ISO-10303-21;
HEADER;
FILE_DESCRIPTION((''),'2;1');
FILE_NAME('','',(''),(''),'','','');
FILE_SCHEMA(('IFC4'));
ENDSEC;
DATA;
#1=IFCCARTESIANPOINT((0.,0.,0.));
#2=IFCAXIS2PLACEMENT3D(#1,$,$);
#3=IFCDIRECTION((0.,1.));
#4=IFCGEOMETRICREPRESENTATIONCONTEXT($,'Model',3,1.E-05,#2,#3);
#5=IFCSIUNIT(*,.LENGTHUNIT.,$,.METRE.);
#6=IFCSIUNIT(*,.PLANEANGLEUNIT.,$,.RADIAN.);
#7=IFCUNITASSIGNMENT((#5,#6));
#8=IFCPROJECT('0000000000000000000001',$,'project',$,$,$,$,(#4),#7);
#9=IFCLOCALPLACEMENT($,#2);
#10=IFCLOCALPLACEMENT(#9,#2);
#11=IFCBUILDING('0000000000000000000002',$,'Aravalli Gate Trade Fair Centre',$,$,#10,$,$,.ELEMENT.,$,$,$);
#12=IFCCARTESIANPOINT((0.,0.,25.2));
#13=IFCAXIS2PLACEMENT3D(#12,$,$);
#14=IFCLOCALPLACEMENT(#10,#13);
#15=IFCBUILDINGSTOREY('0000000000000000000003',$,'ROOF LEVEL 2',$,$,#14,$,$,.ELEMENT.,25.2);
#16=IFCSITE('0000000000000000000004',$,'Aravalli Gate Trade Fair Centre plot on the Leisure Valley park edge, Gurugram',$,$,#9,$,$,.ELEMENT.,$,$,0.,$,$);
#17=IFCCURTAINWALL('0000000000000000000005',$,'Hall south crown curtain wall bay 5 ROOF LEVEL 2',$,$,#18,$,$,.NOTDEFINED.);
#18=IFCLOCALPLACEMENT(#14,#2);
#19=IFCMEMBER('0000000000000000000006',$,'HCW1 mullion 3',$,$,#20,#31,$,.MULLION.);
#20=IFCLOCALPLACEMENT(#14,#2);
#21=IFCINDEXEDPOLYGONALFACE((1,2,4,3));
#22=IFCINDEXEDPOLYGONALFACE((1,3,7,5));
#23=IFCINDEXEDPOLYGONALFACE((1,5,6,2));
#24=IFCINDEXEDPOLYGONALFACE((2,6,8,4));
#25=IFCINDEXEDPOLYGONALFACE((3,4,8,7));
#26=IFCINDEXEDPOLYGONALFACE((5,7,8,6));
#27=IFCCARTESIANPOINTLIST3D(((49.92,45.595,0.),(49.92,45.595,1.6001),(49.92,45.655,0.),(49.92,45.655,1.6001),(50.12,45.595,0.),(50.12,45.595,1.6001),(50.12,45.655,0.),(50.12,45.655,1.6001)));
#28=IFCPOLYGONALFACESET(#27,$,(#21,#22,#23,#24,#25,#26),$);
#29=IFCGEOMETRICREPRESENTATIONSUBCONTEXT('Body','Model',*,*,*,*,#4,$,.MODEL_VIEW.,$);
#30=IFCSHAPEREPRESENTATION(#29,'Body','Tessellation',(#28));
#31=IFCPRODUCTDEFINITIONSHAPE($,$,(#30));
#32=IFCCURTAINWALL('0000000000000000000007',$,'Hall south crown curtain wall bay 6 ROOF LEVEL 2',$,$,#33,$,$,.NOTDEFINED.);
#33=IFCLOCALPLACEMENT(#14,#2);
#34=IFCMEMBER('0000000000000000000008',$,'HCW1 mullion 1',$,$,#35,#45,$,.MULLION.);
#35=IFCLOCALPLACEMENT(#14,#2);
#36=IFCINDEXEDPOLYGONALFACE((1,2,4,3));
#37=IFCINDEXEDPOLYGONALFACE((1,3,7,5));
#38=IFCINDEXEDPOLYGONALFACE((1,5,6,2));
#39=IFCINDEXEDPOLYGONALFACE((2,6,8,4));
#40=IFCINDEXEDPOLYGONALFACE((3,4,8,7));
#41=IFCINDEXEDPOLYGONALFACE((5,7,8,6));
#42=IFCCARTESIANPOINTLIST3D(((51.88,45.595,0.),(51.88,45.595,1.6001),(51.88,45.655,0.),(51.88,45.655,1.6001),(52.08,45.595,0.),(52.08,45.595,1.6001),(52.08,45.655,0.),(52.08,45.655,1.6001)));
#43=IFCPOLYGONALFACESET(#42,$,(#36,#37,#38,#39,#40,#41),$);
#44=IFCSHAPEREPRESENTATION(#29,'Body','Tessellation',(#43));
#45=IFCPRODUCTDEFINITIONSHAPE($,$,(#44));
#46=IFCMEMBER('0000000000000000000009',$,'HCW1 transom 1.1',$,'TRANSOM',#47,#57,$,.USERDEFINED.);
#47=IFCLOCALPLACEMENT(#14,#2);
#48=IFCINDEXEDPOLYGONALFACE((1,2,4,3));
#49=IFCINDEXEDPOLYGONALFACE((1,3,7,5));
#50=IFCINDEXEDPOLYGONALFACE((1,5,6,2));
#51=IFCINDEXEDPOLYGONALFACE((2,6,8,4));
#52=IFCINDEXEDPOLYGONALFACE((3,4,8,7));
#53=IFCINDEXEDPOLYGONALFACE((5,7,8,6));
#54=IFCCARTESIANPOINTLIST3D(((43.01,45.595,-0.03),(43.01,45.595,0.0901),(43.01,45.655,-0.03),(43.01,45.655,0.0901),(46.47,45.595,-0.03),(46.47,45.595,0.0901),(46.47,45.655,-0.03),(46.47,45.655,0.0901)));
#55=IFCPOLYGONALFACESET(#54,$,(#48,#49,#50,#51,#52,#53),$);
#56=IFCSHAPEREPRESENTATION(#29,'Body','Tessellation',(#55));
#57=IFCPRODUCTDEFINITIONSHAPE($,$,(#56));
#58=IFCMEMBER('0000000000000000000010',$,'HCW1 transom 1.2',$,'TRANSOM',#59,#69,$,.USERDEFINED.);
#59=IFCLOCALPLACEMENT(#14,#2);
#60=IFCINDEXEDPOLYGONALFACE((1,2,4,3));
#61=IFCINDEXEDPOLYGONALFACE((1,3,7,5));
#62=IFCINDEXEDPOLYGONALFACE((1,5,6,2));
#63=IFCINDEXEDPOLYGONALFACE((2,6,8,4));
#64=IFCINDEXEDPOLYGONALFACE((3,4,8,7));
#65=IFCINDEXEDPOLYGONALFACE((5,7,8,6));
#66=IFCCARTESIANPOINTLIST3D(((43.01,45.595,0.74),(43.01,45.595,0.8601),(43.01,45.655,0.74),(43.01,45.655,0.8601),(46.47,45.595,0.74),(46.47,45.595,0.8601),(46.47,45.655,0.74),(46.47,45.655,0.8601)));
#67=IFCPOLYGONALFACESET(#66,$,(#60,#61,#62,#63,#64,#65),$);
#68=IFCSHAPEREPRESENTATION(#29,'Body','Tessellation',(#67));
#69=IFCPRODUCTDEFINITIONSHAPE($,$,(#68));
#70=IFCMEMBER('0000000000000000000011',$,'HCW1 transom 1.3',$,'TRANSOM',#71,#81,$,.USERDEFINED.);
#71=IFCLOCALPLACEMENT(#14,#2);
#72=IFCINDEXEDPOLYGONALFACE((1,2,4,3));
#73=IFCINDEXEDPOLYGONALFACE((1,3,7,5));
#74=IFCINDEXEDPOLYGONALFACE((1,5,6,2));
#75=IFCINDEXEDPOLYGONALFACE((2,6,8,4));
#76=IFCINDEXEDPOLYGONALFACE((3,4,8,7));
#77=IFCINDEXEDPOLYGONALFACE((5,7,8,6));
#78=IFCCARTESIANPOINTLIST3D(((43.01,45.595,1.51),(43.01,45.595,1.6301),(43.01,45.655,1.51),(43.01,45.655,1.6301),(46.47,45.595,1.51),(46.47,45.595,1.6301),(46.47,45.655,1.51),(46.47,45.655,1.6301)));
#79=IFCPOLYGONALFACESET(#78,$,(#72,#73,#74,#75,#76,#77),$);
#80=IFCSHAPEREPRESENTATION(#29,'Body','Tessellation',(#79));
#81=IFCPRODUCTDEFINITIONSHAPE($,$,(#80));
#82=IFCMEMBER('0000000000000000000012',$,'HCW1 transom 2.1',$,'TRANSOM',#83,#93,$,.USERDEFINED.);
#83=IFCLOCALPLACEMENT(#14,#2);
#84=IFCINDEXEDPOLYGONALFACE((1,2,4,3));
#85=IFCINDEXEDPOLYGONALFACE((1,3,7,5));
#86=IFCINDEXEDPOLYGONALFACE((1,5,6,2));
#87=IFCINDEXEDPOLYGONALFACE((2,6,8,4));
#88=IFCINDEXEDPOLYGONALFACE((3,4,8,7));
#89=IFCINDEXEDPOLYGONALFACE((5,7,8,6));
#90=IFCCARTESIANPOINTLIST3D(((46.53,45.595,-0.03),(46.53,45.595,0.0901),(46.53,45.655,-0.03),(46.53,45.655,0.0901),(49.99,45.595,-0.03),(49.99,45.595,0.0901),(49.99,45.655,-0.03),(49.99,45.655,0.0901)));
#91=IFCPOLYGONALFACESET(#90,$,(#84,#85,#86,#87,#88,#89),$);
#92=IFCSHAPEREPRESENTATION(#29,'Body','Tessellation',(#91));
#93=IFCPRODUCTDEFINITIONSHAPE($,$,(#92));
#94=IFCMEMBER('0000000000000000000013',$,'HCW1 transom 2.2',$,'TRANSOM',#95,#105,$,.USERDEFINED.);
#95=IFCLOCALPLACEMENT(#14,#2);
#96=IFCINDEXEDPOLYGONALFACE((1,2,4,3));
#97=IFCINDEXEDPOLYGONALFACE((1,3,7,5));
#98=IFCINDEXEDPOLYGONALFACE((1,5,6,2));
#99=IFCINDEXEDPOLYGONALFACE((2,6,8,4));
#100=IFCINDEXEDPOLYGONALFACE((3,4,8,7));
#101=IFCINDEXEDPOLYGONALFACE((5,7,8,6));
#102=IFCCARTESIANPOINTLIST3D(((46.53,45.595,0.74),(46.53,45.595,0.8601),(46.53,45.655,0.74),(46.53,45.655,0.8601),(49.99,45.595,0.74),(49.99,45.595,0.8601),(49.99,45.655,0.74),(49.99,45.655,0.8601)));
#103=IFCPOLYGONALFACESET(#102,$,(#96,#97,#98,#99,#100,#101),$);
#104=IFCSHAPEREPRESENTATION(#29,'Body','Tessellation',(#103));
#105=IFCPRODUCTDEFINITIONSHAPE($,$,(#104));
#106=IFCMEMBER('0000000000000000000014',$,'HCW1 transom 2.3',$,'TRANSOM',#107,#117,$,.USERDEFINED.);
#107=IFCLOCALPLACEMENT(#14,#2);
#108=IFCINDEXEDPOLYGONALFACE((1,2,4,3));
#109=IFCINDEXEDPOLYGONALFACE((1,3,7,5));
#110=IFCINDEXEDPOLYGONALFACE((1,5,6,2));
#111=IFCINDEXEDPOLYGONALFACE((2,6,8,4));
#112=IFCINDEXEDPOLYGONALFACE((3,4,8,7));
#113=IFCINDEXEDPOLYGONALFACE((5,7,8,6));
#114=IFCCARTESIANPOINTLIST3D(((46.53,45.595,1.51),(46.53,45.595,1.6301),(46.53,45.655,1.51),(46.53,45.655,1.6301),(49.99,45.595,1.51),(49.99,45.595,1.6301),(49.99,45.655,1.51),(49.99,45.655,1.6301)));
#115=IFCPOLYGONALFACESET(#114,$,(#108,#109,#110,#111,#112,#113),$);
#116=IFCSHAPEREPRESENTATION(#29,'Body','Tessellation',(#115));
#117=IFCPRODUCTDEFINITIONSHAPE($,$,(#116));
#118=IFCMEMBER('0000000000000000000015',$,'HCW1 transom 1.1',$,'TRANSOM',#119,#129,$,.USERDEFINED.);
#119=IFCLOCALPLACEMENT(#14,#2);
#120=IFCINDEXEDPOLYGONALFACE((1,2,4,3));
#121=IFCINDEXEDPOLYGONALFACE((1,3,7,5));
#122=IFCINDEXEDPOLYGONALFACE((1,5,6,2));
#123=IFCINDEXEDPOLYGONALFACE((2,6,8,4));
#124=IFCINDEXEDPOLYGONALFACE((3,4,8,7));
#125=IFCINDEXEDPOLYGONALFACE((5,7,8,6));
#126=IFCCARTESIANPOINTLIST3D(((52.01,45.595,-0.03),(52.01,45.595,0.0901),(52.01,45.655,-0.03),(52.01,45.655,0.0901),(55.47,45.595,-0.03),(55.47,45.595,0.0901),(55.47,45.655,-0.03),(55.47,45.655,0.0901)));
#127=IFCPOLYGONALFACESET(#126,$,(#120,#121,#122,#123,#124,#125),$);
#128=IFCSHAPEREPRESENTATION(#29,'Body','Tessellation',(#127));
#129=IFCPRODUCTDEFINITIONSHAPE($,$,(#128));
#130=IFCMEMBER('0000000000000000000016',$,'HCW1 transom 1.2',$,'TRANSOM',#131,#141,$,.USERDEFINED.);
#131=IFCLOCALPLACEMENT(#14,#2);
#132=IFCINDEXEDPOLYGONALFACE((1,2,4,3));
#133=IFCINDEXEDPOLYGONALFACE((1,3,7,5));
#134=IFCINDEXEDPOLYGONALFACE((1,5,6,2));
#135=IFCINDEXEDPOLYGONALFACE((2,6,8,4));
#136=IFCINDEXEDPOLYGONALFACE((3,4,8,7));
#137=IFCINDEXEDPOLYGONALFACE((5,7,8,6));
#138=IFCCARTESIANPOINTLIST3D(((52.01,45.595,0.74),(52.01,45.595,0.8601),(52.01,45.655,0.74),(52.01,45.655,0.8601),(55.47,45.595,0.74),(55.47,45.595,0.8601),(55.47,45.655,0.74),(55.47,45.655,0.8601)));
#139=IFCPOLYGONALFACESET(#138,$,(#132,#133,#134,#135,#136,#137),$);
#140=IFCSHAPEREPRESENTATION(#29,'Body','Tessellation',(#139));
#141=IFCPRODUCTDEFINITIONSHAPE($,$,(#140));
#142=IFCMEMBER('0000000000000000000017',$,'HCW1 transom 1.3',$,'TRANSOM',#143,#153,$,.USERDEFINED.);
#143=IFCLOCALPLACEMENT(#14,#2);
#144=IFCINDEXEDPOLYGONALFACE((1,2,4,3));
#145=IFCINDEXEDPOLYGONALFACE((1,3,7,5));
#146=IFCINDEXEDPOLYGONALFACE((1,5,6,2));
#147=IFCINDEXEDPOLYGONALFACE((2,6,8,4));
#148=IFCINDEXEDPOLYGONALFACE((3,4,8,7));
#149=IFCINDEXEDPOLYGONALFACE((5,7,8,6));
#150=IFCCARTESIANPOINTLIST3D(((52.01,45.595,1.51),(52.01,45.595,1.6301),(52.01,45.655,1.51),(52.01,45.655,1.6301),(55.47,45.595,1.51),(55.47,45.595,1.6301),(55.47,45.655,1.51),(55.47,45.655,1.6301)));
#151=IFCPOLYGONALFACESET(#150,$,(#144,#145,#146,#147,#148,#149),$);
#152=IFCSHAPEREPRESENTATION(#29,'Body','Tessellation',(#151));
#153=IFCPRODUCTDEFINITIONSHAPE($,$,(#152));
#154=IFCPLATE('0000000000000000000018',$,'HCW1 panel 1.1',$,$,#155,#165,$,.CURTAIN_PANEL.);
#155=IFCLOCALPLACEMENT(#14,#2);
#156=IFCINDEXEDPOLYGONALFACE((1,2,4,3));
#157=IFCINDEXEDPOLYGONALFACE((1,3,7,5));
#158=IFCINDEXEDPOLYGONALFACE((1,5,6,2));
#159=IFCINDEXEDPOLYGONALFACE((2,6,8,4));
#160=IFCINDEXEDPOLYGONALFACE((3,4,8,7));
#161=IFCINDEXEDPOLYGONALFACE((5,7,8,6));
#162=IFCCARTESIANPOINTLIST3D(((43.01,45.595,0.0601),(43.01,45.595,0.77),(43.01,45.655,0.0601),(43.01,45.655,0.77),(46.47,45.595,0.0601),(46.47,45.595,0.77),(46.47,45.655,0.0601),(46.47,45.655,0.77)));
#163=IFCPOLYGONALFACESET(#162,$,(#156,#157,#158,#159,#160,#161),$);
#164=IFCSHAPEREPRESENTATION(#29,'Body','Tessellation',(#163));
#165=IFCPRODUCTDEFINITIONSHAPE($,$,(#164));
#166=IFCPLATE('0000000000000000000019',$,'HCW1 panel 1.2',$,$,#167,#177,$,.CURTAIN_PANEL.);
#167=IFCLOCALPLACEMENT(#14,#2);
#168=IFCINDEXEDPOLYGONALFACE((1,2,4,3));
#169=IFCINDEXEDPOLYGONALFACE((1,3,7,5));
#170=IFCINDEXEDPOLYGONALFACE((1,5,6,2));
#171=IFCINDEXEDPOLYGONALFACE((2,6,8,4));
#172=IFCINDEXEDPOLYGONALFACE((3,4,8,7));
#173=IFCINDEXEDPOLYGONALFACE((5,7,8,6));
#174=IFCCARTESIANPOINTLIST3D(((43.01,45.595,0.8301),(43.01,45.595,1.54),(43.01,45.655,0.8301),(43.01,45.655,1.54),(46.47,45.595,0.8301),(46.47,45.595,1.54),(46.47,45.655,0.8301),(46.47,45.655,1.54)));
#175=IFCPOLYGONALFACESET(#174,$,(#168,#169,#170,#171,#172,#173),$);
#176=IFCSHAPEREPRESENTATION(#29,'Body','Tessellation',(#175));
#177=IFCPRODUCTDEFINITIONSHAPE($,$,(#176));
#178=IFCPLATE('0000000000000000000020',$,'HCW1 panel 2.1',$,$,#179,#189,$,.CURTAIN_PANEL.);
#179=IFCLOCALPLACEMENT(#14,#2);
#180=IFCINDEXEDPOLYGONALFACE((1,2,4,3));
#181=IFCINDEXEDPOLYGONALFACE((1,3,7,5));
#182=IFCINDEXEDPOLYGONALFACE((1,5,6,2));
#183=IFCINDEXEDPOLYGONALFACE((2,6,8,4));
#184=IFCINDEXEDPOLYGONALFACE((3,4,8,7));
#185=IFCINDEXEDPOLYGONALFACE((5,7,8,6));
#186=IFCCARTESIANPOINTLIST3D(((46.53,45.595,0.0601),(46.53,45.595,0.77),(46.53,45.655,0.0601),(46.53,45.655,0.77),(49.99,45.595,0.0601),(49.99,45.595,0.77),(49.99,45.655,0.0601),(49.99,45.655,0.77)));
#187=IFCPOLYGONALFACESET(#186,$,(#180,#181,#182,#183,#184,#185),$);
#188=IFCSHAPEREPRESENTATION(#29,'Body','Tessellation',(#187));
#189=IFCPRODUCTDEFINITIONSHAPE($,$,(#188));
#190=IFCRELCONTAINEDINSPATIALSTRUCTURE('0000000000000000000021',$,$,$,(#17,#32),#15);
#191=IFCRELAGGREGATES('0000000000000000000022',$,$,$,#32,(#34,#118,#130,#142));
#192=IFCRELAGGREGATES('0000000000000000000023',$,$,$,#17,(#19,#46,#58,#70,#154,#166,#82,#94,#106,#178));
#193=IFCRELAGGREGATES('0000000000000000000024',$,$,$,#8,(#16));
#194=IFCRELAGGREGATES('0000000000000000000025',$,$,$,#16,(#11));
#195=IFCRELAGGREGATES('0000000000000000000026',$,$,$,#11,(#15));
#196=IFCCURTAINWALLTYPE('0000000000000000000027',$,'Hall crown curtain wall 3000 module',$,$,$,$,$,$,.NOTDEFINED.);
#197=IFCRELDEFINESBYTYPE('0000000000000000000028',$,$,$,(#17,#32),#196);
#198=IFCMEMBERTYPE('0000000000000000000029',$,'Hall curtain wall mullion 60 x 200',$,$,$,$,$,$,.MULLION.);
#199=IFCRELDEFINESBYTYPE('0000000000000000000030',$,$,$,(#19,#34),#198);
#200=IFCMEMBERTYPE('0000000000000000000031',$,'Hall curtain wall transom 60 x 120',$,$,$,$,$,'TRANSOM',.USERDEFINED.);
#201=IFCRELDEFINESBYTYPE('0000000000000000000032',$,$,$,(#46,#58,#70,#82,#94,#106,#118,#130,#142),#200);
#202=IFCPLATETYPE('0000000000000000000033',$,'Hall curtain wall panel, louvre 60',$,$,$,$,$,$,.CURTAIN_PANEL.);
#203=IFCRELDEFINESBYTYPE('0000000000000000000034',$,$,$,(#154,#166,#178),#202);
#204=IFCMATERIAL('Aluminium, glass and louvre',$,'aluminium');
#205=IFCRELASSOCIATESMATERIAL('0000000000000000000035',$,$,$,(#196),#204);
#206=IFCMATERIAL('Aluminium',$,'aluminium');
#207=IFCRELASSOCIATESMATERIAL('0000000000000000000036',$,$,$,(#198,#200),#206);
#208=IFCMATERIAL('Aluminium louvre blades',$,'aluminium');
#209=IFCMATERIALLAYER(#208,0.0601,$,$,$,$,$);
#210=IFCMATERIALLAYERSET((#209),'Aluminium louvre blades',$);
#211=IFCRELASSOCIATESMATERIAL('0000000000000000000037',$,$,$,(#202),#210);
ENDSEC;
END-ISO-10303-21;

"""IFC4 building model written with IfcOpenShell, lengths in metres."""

from ifc_helpers import new_model, si_unit, direction, frame, origin, origin_2d, place, context, subcontext, project, spatial, rectangle, extrude, material, layer, layer_set, material_profile, profile_set, type_object, element, aggregate, save


model = new_model("IFC4")

# Units and contexts
model_context = context("Model", 3, precision=1e-05, world=origin(), true_north=direction((0.0, 1.0)))
body_context = subcontext(model_context, "Body", "Model", "MODEL_VIEW")
ifc_project = project(units=[si_unit("LENGTHUNIT", "METRE"), si_unit("PLANEANGLEUNIT", "RADIAN")], contexts=[model_context])

# Site, building, storey
site_placement = place(None, origin())
site = spatial("IfcSite", under=ifc_project, at=site_placement, Name="Aravalli Gate Trade Fair Centre plot on the Leisure Valley park edge, Gurugram", CompositionType="ELEMENT", RefElevation=0.0)
building_placement = place(site_placement, origin())
building = spatial("IfcBuilding", under=site, at=building_placement, Name="Aravalli Gate Trade Fair Centre", CompositionType="ELEMENT")
storey_placement = place(building_placement, frame((0.0, 0.0, 25.2)))
storey = spatial("IfcBuildingStorey", under=building, at=storey_placement, Name="ROOF LEVEL 2", CompositionType="ELEMENT", Elevation=25.2)

# Curtain wall, member
ifc_material_1 = material(Name="Aluminium, glass and louvre", Category="aluminium")
curtain_wall_type = type_object("IfcCurtainWallType", Name="Hall crown curtain wall 3000 module", PredefinedType="NOTDEFINED", material=ifc_material_1)
curtain_wall_1_placement = place(storey_placement, origin())
curtain_wall_1 = element("IfcCurtainWall", 1, at=curtain_wall_1_placement, inside=storey, type_object=curtain_wall_type, Name="Hall south crown curtain wall bay 5 ROOF LEVEL 2", PredefinedType="NOTDEFINED")
ifc_material_2 = material(Name="Aluminium", Category="aluminium")
ifc_material_profile_1 = material_profile(ifc_material_2, rectangle(XDim=0.0601, YDim=0.2, at=origin_2d()), Name="Hall curtain wall mullion 60 x 200")
ifc_profile_set_1 = profile_set([ifc_material_profile_1], Name="Aluminium")
member_type_1 = type_object("IfcMemberType", Name="Hall curtain wall mullion 60 x 200", PredefinedType="MULLION", material=ifc_profile_set_1)
member_1_placement = place(storey_placement, frame((50.02, 45.625, 0.0), z_axis=(0.0, 0.0, 1.0), x_axis=(0.0, 1.0, 0.0)))
member_1 = element("IfcMember", 2, at=member_1_placement, type_object=member_type_1, Name="HCW1 mullion 3", PredefinedType="MULLION", context=body_context, shape_type="SweptSolid", body=[
    extrude(rectangle(XDim=0.0601, YDim=0.2, at=origin_2d()), origin(), (0.0, 0.0, 1.0), 1.6001),
])

# Curtain wall, member
curtain_wall_2_placement = place(storey_placement, origin())
curtain_wall_2 = element("IfcCurtainWall", 3, at=curtain_wall_2_placement, inside=storey, type_object=curtain_wall_type, Name="Hall south crown curtain wall bay 6 ROOF LEVEL 2", PredefinedType="NOTDEFINED")
member_2_placement = place(storey_placement, frame((51.98, 45.625, 0.0), z_axis=(0.0, 0.0, 1.0), x_axis=(0.0, 1.0, 0.0)))
member_2 = element("IfcMember", 4, at=member_2_placement, type_object=member_type_1, Name="HCW1 mullion 1", PredefinedType="MULLION", context=body_context, shape_type="SweptSolid", body=[
    extrude(rectangle(XDim=0.0601, YDim=0.2, at=origin_2d()), origin(), (0.0, 0.0, 1.0), 1.6001),
])

# Members
ifc_material_profile_2 = material_profile(ifc_material_2, rectangle(XDim=0.0601, YDim=0.1201, at=origin_2d()), Name="Hall curtain wall transom 60 x 120")
ifc_profile_set_2 = profile_set([ifc_material_profile_2], Name="Aluminium")
member_type_2 = type_object("IfcMemberType", Name="Hall curtain wall transom 60 x 120", ElementType="TRANSOM", PredefinedType="USERDEFINED", material=ifc_profile_set_2)
member_3_placement = place(storey_placement, frame((43.01, 45.625, 0.03), z_axis=(1.0, 0.0, 0.0), x_axis=(0.0, 1.0, 0.0)))
member_3 = element("IfcMember", 5, at=member_3_placement, type_object=member_type_2, Name="HCW1 transom 1.1", ObjectType="TRANSOM", PredefinedType="USERDEFINED", context=body_context, shape_type="SweptSolid", body=[
    extrude(rectangle(XDim=0.0601, YDim=0.1201, at=origin_2d()), origin(), (0.0, 0.0, 1.0), 3.46),
])
member_4_placement = place(storey_placement, frame((43.01, 45.625, 0.8), z_axis=(1.0, 0.0, 0.0), x_axis=(0.0, 1.0, 0.0)))
member_4 = element("IfcMember", 6, at=member_4_placement, type_object=member_type_2, Name="HCW1 transom 1.2", ObjectType="TRANSOM", PredefinedType="USERDEFINED", context=body_context, shape_type="SweptSolid", body=[
    extrude(rectangle(XDim=0.0601, YDim=0.1201, at=origin_2d()), origin(), (0.0, 0.0, 1.0), 3.46),
])
member_5_placement = place(storey_placement, frame((43.01, 45.625, 1.5701), z_axis=(1.0, 0.0, 0.0), x_axis=(0.0, 1.0, 0.0)))
member_5 = element("IfcMember", 7, at=member_5_placement, type_object=member_type_2, Name="HCW1 transom 1.3", ObjectType="TRANSOM", PredefinedType="USERDEFINED", context=body_context, shape_type="SweptSolid", body=[
    extrude(rectangle(XDim=0.0601, YDim=0.1201, at=origin_2d()), origin(), (0.0, 0.0, 1.0), 3.46),
])
member_6_placement = place(storey_placement, frame((46.53, 45.625, 0.03), z_axis=(1.0, 0.0, 0.0), x_axis=(0.0, 1.0, 0.0)))
member_6 = element("IfcMember", 8, at=member_6_placement, type_object=member_type_2, Name="HCW1 transom 2.1", ObjectType="TRANSOM", PredefinedType="USERDEFINED", context=body_context, shape_type="SweptSolid", body=[
    extrude(rectangle(XDim=0.0601, YDim=0.1201, at=origin_2d()), origin(), (0.0, 0.0, 1.0), 3.46),
])
member_7_placement = place(storey_placement, frame((46.53, 45.625, 0.8), z_axis=(1.0, 0.0, 0.0), x_axis=(0.0, 1.0, 0.0)))
member_7 = element("IfcMember", 9, at=member_7_placement, type_object=member_type_2, Name="HCW1 transom 2.2", ObjectType="TRANSOM", PredefinedType="USERDEFINED", context=body_context, shape_type="SweptSolid", body=[
    extrude(rectangle(XDim=0.0601, YDim=0.1201, at=origin_2d()), origin(), (0.0, 0.0, 1.0), 3.46),
])
member_8_placement = place(storey_placement, frame((46.53, 45.625, 1.5701), z_axis=(1.0, 0.0, 0.0), x_axis=(0.0, 1.0, 0.0)))
member_8 = element("IfcMember", 10, at=member_8_placement, type_object=member_type_2, Name="HCW1 transom 2.3", ObjectType="TRANSOM", PredefinedType="USERDEFINED", context=body_context, shape_type="SweptSolid", body=[
    extrude(rectangle(XDim=0.0601, YDim=0.1201, at=origin_2d()), origin(), (0.0, 0.0, 1.0), 3.46),
])
member_9_placement = place(storey_placement, frame((52.01, 45.625, 0.03), z_axis=(1.0, 0.0, 0.0), x_axis=(0.0, 1.0, 0.0)))
member_9 = element("IfcMember", 11, at=member_9_placement, type_object=member_type_2, Name="HCW1 transom 1.1", ObjectType="TRANSOM", PredefinedType="USERDEFINED", context=body_context, shape_type="SweptSolid", body=[
    extrude(rectangle(XDim=0.0601, YDim=0.1201, at=origin_2d()), origin(), (0.0, 0.0, 1.0), 3.46),
])
member_10_placement = place(storey_placement, frame((52.01, 45.625, 0.8), z_axis=(1.0, 0.0, 0.0), x_axis=(0.0, 1.0, 0.0)))
member_10 = element("IfcMember", 12, at=member_10_placement, type_object=member_type_2, Name="HCW1 transom 1.2", ObjectType="TRANSOM", PredefinedType="USERDEFINED", context=body_context, shape_type="SweptSolid", body=[
    extrude(rectangle(XDim=0.0601, YDim=0.1201, at=origin_2d()), origin(), (0.0, 0.0, 1.0), 3.46),
])
member_11_placement = place(storey_placement, frame((52.01, 45.625, 1.5701), z_axis=(1.0, 0.0, 0.0), x_axis=(0.0, 1.0, 0.0)))
member_11 = element("IfcMember", 13, at=member_11_placement, type_object=member_type_2, Name="HCW1 transom 1.3", ObjectType="TRANSOM", PredefinedType="USERDEFINED", context=body_context, shape_type="SweptSolid", body=[
    extrude(rectangle(XDim=0.0601, YDim=0.1201, at=origin_2d()), origin(), (0.0, 0.0, 1.0), 3.46),
])
aggregate(curtain_wall_2, [member_2, member_9, member_10, member_11])

# Plates
ifc_material_3 = material(Name="Aluminium louvre blades", Category="aluminium")
ifc_layer_1 = layer(ifc_material_3, 0.0601)
ifc_layer_set_1 = layer_set([ifc_layer_1], Name="Aluminium louvre blades")
plate_type = type_object("IfcPlateType", Name="Hall curtain wall panel, louvre 60", PredefinedType="CURTAIN_PANEL", material=ifc_layer_set_1)
plate_1_placement = place(storey_placement, frame((44.74, 45.625, 0.0601), z_axis=(0.0, 0.0, 1.0), x_axis=(1.0, 0.0, 0.0)))
plate_1 = element("IfcPlate", 14, at=plate_1_placement, type_object=plate_type, Name="HCW1 panel 1.1", PredefinedType="CURTAIN_PANEL", context=body_context, shape_type="SweptSolid", body=[
    extrude(rectangle(XDim=3.46, YDim=0.0601, at=origin_2d()), origin(), (0.0, 0.0, 1.0), 0.71),
])
plate_2_placement = place(storey_placement, frame((44.74, 45.625, 0.8301), z_axis=(0.0, 0.0, 1.0), x_axis=(1.0, 0.0, 0.0)))
plate_2 = element("IfcPlate", 15, at=plate_2_placement, type_object=plate_type, Name="HCW1 panel 1.2", PredefinedType="CURTAIN_PANEL", context=body_context, shape_type="SweptSolid", body=[
    extrude(rectangle(XDim=3.46, YDim=0.0601, at=origin_2d()), origin(), (0.0, 0.0, 1.0), 0.71),
])
plate_3_placement = place(storey_placement, frame((48.26, 45.625, 0.0601), z_axis=(0.0, 0.0, 1.0), x_axis=(1.0, 0.0, 0.0)))
plate_3 = element("IfcPlate", 16, at=plate_3_placement, type_object=plate_type, Name="HCW1 panel 2.1", PredefinedType="CURTAIN_PANEL", context=body_context, shape_type="SweptSolid", body=[
    extrude(rectangle(XDim=3.46, YDim=0.0601, at=origin_2d()), origin(), (0.0, 0.0, 1.0), 0.71),
])
aggregate(curtain_wall_1, [member_1, member_3, member_4, member_5, plate_1, plate_2, member_6, member_7, member_8, plate_3])

save(model, "model.ifc")
